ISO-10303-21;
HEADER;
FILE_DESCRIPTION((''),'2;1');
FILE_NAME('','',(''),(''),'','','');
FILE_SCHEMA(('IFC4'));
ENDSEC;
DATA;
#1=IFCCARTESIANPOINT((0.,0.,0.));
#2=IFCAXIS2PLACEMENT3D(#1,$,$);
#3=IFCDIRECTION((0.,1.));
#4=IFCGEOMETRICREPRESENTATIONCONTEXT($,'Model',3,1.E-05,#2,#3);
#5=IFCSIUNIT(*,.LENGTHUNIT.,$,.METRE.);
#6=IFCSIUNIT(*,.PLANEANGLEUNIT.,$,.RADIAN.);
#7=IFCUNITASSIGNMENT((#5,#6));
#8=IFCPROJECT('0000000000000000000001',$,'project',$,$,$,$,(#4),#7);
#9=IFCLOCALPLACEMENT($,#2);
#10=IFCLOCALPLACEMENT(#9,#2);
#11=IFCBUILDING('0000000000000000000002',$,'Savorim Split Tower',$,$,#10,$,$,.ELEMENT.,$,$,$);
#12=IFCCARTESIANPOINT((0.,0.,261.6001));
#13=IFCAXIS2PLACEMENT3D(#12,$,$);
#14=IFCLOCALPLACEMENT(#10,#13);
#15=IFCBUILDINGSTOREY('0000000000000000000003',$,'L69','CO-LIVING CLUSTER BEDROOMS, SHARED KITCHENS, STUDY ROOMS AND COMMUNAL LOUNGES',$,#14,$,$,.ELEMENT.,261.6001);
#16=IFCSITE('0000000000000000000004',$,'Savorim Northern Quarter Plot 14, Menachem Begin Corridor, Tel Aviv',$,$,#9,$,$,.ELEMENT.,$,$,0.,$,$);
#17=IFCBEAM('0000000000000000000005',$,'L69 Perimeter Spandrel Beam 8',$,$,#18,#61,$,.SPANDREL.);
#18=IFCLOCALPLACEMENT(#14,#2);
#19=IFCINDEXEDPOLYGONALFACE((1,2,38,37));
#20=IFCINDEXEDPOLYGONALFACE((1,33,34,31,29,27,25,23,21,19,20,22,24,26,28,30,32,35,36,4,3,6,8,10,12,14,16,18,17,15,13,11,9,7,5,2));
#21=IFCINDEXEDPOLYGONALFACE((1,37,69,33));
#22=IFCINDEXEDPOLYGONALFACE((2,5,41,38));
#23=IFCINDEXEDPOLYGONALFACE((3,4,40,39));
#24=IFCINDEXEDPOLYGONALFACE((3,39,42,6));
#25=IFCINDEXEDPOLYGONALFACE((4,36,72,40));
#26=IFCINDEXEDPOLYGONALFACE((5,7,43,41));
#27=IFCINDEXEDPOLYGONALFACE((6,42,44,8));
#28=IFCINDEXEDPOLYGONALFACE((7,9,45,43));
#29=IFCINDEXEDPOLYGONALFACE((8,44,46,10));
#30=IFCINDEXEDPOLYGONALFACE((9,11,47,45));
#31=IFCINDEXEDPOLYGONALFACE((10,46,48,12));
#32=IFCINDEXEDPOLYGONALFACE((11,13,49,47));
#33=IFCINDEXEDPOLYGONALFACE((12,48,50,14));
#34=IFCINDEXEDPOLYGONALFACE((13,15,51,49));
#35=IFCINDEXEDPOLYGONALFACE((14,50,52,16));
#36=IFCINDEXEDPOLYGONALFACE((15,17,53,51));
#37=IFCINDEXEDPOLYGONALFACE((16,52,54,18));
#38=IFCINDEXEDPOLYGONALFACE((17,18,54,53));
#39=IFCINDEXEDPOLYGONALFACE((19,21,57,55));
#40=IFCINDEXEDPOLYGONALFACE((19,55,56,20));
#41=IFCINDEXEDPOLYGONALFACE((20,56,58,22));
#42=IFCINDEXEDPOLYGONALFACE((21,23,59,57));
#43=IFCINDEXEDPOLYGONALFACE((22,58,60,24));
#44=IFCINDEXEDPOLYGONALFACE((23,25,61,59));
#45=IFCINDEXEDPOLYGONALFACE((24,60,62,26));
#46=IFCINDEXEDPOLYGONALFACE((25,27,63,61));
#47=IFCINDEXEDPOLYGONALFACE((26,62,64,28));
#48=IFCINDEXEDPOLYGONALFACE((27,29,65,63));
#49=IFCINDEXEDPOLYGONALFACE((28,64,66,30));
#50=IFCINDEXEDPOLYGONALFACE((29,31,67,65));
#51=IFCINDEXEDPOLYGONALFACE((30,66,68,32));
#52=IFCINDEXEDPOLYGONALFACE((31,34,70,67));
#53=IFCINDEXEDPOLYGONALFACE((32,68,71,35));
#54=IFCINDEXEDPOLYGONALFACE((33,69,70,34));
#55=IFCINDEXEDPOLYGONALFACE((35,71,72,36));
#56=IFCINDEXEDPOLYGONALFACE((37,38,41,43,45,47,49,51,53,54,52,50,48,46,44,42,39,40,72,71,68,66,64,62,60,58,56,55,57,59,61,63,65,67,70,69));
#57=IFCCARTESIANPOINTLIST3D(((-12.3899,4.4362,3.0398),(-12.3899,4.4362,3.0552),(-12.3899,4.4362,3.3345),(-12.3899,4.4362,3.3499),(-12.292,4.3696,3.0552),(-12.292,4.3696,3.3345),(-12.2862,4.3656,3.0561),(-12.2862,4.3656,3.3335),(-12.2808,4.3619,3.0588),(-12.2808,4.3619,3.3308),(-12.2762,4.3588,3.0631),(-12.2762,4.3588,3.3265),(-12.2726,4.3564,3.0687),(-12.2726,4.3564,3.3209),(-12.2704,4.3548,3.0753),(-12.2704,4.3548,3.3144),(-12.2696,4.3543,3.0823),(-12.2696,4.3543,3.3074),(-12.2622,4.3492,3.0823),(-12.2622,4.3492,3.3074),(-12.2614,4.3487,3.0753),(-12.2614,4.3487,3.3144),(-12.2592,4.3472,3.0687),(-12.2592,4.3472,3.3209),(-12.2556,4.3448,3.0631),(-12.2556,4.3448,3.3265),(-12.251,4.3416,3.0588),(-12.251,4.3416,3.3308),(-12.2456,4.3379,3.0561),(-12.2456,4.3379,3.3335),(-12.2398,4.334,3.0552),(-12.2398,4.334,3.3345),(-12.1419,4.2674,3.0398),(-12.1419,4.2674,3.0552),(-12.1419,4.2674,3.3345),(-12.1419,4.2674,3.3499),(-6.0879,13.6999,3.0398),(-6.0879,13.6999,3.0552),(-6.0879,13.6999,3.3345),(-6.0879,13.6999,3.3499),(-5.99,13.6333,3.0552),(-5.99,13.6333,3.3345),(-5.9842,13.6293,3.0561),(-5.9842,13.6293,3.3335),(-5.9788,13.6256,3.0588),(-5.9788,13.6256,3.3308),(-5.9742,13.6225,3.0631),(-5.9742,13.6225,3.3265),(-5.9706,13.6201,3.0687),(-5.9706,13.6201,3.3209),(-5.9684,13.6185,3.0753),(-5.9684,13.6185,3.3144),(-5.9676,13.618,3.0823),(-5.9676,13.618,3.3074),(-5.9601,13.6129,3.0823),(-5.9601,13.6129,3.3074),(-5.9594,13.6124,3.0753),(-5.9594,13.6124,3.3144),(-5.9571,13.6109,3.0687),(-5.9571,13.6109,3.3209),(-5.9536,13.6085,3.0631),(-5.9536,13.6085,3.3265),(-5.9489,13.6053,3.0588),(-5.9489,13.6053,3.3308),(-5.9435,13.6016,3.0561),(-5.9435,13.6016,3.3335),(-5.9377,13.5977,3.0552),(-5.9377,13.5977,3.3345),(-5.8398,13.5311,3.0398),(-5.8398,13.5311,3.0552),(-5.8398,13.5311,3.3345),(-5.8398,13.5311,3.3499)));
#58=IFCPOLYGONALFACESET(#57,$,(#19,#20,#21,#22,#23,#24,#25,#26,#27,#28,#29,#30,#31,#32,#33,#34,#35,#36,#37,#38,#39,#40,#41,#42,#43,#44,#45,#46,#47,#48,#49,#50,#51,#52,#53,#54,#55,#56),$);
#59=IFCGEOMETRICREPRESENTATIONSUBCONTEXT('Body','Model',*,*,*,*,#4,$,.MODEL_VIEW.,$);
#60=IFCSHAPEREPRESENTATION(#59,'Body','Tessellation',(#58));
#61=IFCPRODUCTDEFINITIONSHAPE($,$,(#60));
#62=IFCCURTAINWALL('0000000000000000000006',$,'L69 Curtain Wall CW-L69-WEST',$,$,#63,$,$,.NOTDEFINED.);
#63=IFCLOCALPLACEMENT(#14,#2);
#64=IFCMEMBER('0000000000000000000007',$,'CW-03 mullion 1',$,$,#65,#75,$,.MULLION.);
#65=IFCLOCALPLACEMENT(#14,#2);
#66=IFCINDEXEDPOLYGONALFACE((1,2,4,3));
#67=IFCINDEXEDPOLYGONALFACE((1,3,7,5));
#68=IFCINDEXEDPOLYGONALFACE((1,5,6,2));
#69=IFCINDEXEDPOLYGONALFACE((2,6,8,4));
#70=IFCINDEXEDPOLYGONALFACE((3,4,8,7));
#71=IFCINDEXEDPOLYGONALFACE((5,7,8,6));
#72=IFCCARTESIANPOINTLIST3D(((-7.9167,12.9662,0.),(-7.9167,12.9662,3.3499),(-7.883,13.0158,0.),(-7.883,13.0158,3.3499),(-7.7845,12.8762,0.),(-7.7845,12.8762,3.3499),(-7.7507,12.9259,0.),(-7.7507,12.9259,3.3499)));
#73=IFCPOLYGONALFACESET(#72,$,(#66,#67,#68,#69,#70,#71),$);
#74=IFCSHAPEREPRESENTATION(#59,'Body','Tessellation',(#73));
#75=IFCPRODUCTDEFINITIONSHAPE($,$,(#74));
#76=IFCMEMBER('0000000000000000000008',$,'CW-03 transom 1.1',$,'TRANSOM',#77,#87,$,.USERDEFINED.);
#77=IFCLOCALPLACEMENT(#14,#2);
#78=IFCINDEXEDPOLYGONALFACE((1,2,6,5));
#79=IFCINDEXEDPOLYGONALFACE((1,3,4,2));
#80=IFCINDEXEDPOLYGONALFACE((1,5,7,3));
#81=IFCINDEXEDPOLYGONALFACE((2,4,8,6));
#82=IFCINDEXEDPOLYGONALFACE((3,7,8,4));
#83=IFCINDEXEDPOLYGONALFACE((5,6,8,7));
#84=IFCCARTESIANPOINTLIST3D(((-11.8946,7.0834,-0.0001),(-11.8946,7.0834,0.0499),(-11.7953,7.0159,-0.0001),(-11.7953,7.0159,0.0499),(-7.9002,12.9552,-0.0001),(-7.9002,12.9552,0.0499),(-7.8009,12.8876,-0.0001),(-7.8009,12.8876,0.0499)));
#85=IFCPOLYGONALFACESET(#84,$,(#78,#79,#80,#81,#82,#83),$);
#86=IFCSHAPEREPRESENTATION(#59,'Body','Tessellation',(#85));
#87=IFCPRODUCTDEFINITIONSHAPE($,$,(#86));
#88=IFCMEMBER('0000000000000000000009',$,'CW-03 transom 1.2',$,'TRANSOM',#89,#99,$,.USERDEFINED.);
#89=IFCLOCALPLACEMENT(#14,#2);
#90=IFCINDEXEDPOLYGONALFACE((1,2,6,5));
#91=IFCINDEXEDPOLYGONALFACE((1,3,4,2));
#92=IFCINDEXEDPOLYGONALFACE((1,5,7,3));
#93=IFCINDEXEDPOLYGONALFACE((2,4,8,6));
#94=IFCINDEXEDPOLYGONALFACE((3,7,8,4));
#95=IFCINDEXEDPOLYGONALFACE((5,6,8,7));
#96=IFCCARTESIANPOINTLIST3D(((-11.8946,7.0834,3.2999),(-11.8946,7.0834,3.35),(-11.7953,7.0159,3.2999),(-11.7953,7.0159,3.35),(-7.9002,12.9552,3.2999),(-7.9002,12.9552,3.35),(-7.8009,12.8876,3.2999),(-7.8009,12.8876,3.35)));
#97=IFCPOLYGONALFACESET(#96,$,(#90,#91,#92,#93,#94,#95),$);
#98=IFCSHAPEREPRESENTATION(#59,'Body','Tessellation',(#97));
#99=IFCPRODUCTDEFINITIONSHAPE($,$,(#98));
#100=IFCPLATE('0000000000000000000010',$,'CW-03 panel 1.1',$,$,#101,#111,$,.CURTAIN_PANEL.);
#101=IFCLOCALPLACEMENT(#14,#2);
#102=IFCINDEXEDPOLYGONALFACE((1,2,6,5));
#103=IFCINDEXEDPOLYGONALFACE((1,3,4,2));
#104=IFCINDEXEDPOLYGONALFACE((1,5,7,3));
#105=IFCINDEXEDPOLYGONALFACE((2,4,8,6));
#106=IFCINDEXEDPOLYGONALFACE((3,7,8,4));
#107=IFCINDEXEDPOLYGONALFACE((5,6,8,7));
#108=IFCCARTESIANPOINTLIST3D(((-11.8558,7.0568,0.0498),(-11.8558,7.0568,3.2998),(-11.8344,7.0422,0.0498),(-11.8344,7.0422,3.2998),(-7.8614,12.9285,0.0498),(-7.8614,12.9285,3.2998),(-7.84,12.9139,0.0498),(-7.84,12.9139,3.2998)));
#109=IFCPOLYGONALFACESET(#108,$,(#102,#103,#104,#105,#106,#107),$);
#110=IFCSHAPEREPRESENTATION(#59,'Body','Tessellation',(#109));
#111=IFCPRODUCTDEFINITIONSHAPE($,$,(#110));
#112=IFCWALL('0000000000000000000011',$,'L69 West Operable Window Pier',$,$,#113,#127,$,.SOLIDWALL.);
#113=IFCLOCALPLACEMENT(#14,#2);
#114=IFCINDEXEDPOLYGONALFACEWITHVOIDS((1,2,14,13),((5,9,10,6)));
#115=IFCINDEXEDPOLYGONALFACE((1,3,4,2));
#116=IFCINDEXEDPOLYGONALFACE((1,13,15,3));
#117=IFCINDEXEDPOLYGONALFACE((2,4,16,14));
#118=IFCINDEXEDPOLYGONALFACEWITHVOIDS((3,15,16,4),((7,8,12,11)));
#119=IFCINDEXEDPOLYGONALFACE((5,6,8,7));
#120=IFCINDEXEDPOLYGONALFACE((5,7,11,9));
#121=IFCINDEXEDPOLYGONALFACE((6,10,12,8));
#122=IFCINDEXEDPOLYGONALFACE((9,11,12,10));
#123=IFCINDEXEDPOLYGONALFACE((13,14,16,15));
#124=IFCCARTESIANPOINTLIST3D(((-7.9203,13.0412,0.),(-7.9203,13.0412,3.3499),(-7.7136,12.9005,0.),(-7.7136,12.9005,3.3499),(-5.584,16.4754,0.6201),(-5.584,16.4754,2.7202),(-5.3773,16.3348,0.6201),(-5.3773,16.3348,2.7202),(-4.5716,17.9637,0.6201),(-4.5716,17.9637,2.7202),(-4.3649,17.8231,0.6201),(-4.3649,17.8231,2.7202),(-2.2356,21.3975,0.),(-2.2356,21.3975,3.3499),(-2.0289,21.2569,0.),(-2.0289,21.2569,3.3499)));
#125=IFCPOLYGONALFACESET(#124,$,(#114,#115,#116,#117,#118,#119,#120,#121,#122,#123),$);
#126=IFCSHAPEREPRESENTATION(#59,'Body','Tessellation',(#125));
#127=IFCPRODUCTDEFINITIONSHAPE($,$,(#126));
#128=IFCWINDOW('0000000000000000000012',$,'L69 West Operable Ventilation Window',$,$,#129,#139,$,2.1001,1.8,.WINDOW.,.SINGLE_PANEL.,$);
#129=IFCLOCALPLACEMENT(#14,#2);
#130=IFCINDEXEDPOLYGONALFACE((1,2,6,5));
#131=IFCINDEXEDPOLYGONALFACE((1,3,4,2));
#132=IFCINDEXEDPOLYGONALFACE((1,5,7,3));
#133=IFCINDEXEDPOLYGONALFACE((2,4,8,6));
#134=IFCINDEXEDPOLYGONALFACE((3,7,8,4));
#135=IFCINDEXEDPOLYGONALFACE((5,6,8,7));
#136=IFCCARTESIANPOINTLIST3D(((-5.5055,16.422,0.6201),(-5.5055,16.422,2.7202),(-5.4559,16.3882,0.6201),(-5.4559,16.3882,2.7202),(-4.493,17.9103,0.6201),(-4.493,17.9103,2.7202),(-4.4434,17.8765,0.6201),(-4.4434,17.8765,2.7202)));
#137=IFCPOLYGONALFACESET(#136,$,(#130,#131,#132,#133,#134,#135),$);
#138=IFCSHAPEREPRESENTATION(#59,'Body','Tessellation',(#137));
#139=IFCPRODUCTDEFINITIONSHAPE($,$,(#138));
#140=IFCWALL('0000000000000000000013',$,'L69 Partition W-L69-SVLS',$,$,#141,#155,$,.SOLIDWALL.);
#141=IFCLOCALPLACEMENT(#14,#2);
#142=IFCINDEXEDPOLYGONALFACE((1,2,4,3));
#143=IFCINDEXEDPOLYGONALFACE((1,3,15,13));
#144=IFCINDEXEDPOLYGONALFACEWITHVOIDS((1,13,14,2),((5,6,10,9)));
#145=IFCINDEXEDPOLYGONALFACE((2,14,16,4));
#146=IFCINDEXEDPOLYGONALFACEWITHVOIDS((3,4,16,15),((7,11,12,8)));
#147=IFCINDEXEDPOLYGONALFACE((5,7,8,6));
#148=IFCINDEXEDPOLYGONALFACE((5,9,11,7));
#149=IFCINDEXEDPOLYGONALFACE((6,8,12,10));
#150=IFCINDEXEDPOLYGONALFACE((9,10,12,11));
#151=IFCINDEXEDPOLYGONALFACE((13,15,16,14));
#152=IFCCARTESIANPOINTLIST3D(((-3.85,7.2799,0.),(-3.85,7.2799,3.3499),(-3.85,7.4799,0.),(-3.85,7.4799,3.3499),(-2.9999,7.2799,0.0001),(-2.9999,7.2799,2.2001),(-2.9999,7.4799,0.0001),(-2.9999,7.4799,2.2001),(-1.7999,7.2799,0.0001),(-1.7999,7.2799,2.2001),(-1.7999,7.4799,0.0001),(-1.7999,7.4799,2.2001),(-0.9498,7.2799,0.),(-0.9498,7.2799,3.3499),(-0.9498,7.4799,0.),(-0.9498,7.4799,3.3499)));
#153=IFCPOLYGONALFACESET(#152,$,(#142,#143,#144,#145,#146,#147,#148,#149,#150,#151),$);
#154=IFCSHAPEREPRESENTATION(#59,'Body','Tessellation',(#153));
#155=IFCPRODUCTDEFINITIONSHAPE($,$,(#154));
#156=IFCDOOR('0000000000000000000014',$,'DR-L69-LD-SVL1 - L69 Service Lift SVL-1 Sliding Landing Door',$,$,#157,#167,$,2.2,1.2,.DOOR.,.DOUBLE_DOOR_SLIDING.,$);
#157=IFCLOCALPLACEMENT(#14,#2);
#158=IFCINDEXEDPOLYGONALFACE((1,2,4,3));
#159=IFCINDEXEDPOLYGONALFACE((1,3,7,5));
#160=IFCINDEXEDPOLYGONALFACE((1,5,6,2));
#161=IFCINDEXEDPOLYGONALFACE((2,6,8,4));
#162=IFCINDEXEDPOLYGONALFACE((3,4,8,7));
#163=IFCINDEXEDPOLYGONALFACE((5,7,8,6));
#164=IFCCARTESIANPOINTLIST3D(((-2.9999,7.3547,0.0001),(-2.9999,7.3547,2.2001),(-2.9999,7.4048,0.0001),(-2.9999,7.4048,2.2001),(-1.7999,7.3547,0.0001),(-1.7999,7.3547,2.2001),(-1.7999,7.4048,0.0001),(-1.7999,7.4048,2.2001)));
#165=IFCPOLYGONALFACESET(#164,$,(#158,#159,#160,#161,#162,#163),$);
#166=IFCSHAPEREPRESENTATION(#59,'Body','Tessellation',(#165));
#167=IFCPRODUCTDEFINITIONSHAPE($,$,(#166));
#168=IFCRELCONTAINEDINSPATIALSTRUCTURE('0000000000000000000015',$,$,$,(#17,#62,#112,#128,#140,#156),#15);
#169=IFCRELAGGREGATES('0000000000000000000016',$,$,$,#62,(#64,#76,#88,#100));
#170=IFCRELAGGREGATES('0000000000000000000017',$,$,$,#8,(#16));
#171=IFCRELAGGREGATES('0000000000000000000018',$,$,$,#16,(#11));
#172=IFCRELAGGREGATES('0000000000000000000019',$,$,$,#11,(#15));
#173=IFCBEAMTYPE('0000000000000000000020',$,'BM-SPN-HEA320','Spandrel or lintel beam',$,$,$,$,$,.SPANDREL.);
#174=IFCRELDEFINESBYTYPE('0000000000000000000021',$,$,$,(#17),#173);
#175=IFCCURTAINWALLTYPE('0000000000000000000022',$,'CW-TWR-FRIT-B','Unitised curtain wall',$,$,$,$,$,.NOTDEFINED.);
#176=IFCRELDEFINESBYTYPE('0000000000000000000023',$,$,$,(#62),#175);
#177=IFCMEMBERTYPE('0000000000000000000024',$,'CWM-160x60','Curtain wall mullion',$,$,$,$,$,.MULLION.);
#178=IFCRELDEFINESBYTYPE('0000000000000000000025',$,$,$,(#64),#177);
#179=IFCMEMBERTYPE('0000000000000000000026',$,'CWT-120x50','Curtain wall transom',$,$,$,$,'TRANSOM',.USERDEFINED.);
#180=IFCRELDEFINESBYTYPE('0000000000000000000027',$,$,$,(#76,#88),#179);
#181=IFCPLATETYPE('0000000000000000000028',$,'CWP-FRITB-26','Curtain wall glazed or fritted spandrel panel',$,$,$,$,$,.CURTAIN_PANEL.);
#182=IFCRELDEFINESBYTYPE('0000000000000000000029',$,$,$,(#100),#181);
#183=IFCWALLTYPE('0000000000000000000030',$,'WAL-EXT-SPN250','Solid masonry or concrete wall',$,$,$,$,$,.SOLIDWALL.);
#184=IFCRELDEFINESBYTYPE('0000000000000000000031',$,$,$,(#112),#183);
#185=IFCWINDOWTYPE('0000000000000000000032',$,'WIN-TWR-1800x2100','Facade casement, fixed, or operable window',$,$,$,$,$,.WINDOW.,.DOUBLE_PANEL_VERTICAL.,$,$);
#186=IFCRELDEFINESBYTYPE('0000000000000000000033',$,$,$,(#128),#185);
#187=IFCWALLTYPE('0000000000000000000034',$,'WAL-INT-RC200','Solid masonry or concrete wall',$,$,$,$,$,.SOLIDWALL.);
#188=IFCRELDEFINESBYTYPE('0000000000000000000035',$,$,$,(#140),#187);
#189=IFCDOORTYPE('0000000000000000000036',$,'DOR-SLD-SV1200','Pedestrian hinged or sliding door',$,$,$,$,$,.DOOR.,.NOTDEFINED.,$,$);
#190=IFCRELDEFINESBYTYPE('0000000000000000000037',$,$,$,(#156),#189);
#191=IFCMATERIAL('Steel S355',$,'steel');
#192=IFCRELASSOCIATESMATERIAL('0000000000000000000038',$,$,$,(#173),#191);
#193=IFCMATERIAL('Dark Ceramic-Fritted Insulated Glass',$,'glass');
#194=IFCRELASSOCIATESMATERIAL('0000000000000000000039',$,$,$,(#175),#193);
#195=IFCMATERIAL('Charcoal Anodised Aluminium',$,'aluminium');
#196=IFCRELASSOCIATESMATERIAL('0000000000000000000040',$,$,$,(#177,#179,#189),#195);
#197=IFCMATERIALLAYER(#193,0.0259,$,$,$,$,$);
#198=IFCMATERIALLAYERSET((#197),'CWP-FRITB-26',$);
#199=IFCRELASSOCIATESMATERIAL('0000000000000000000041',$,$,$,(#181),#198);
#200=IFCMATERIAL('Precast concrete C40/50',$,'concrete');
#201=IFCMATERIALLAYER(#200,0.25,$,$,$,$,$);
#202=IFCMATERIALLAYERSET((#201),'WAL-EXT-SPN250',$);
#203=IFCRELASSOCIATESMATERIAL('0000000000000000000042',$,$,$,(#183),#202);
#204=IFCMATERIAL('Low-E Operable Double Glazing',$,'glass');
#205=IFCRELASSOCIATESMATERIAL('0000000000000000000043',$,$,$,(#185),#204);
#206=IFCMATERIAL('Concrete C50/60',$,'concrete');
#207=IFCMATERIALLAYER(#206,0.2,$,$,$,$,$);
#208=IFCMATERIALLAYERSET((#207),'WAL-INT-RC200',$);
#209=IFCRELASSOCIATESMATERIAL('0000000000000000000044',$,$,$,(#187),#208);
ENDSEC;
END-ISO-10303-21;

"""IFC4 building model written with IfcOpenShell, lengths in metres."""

from ifc_helpers import new_model, si_unit, direction, frame, frame_2d, origin, origin_2d, place, context, subcontext, project, spatial, rectangle, i_section, extrude, material, layer, layer_set, material_profile, profile_set, type_object, element, fill, aggregate, save


model = new_model("IFC4")

# Units and contexts
model_context = context("Model", 3, precision=1e-05, world=origin(), true_north=direction((0.0, 1.0)))
body_context = subcontext(model_context, "Body", "Model", "MODEL_VIEW")
ifc_project = project(units=[si_unit("LENGTHUNIT", "METRE"), si_unit("PLANEANGLEUNIT", "RADIAN")], contexts=[model_context])

# Site, building, storey
site_placement = place(None, origin())
site = spatial("IfcSite", under=ifc_project, at=site_placement, Name="Savorim Northern Quarter Plot 14, Menachem Begin Corridor, Tel Aviv", CompositionType="ELEMENT", RefElevation=0.0)
building_placement = place(site_placement, origin())
building = spatial("IfcBuilding", under=site, at=building_placement, Name="Savorim Split Tower", CompositionType="ELEMENT")
storey_placement = place(building_placement, frame((0.0, 0.0, 261.6001)))
storey = spatial("IfcBuildingStorey", under=building, at=storey_placement, Name="L69", Description="CO-LIVING CLUSTER BEDROOMS, SHARED KITCHENS, STUDY ROOMS AND COMMUNAL LOUNGES", CompositionType="ELEMENT", Elevation=261.6001)

# Shared definitions
ifc_material_1 = material(Name="Steel S355", Category="steel")

# Beam
ifc_material_profile_1 = material_profile(ifc_material_1, i_section(OverallWidth=0.3, OverallDepth=0.3101, WebThickness=0.009, FlangeThickness=0.0154, FilletRadius=0.0271, at=origin_2d()), Name="HEA 320")
ifc_profile_set_1 = profile_set([ifc_material_profile_1], Name="Steel S355")
beam_type_1 = type_object("IfcBeamType", Name="BM-SPN-HEA320", Description="Spandrel or lintel beam", PredefinedType="SPANDREL", material=ifc_profile_set_1)
beam_1_placement = place(storey_placement, frame((-5.9639, 13.6155, 3.1948), z_axis=(-0.562475, -0.826814, 0.0), x_axis=(0.826814, -0.562475, 0.0)))
element("IfcBeam", 1, at=beam_1_placement, inside=storey, type_object=beam_type_1, Name="L69 Perimeter Spandrel Beam 8", PredefinedType="SPANDREL", context=body_context, shape_type="SweptSolid", body=[
    extrude(i_section(OverallWidth=0.3, OverallDepth=0.3101, WebThickness=0.009, FlangeThickness=0.0154, FilletRadius=0.0271, at=origin_2d()), origin(), (0.0, 0.0, 1.0), 11.2041),
])

# Curtain wall, members, plate
ifc_material_2 = material(Name="Dark Ceramic-Fritted Insulated Glass", Category="glass")
curtain_wall_type = type_object("IfcCurtainWallType", Name="CW-TWR-FRIT-B", Description="Unitised curtain wall", PredefinedType="NOTDEFINED", material=ifc_material_2)
curtain_wall_placement = place(storey_placement, origin())
curtain_wall = element("IfcCurtainWall", 2, at=curtain_wall_placement, inside=storey, type_object=curtain_wall_type, Name="L69 Curtain Wall CW-L69-WEST", PredefinedType="NOTDEFINED")
ifc_material_3 = material(Name="Charcoal Anodised Aluminium", Category="aluminium")
ifc_material_profile_2 = material_profile(ifc_material_3, rectangle(XDim=0.1599, YDim=0.0601, at=origin_2d()), Name="ALU-M 160x60")
ifc_profile_set_2 = profile_set([ifc_material_profile_2], Name="Charcoal Anodised Aluminium")
member_type_1 = type_object("IfcMemberType", Name="CWM-160x60", Description="Curtain wall mullion", PredefinedType="MULLION", material=ifc_profile_set_2)
member_1_placement = place(storey_placement, frame((-7.8337, 12.946, 0.0), z_axis=(0.0, 0.0, 1.0), x_axis=(0.826817, -0.56247, 0.0)))
member_1 = element("IfcMember", 3, at=member_1_placement, type_object=member_type_1, Name="CW-03 mullion 1", PredefinedType="MULLION", context=body_context, shape_type="SweptSolid", body=[
    extrude(rectangle(XDim=0.1599, YDim=0.0601, at=origin_2d()), origin(), (0.0, 0.0, 1.0), 3.3499),
])
ifc_material_profile_3 = material_profile(ifc_material_3, rectangle(XDim=0.1201, YDim=0.05, at=origin_2d()), Name="ALU-T 120x50")
ifc_profile_set_3 = profile_set([ifc_material_profile_3], Name="Charcoal Anodised Aluminium")
member_type_2 = type_object("IfcMemberType", Name="CWT-120x50", Description="Curtain wall transom", ElementType="TRANSOM", PredefinedType="USERDEFINED", material=ifc_profile_set_3)
member_2_placement = place(storey_placement, frame((-7.8506, 12.9214, 0.0249), z_axis=(-0.562459, -0.826825, 0.0), x_axis=(0.826825, -0.562459, 0.0)))
member_2 = element("IfcMember", 4, at=member_2_placement, type_object=member_type_2, Name="CW-03 transom 1.1", ObjectType="TRANSOM", PredefinedType="USERDEFINED", context=body_context, shape_type="SweptSolid", body=[
    extrude(rectangle(XDim=0.1201, YDim=0.05, at=origin_2d()), origin(), (0.0, 0.0, 1.0), 7.1016),
])
member_3_placement = place(storey_placement, frame((-7.8506, 12.9214, 3.325), z_axis=(-0.562459, -0.826825, 0.0), x_axis=(0.826825, -0.562459, 0.0)))
member_3 = element("IfcMember", 5, at=member_3_placement, type_object=member_type_2, Name="CW-03 transom 1.2", ObjectType="TRANSOM", PredefinedType="USERDEFINED", context=body_context, shape_type="SweptSolid", body=[
    extrude(rectangle(XDim=0.1201, YDim=0.05, at=origin_2d()), origin(), (0.0, 0.0, 1.0), 7.1016),
])
ifc_layer_1 = layer(ifc_material_2, 0.0259)
ifc_layer_set_1 = layer_set([ifc_layer_1], Name="CWP-FRITB-26")
plate_type = type_object("IfcPlateType", Name="CWP-FRITB-26", Description="Curtain wall glazed or fritted spandrel panel", PredefinedType="CURTAIN_PANEL", material=ifc_layer_set_1)
plate_placement = place(storey_placement, frame((-9.8479, 9.9854, 0.0498), z_axis=(0.0, 0.0, 1.0), x_axis=(-0.56247, -0.826817, 0.0)))
plate = element("IfcPlate", 6, at=plate_placement, type_object=plate_type, Name="CW-03 panel 1.1", PredefinedType="CURTAIN_PANEL", context=body_context, shape_type="SweptSolid", body=[
    extrude(rectangle(XDim=7.1016, YDim=0.0259, at=origin_2d()), origin(), (0.0, 0.0, 1.0), 3.25),
])
aggregate(curtain_wall, [member_1, member_2, member_3, plate])

# Shared definitions
ifc_material_4 = material(Name="Precast concrete C40/50", Category="concrete")

# Wall, opening, window
ifc_layer_2 = layer(ifc_material_4, 0.25)
ifc_layer_set_2 = layer_set([ifc_layer_2], Name="WAL-EXT-SPN250")
wall_type_1 = type_object("IfcWallType", Name="WAL-EXT-SPN250", Description="Solid masonry or concrete wall", PredefinedType="SOLIDWALL", material=ifc_layer_set_2)
wall_1_placement = place(storey_placement, frame((-7.8169, 12.9709, 0.0), z_axis=(0.0, 0.0, 1.0), x_axis=(0.562475, 0.826815, 0.0)))
wall_1 = element("IfcWall", 7, at=wall_1_placement, inside=storey, type_object=wall_type_1, Name="L69 West Operable Window Pier", PredefinedType="SOLIDWALL", context=body_context, shape_type="SweptSolid", body=[
    extrude(rectangle(XDim=10.1067, YDim=0.25, at=frame_2d((5.0532, 0.0))), origin(), (0.0, 0.0, 1.0), 3.3499),
])
opening_1_placement = place(wall_1_placement, frame((4.1536, 0.0, 0.6201)))
opening_1 = element("IfcOpeningElement", 8, at=opening_1_placement, cuts=wall_1, PredefinedType="OPENING", context=body_context, shape_type="SweptSolid", body=[
    extrude(rectangle(XDim=1.8, YDim=2.1001, at=frame_2d((0.8999, 1.05))), frame((0.0, 0.135, 0.0), z_axis=(0.0, -1.0, 0.0), x_axis=(1.0, 0.0, 0.0)), (0.0, 0.0, 1.0), 0.27),
])
ifc_material_5 = material(Name="Low-E Operable Double Glazing", Category="glass")
window_type = type_object("IfcWindowType", Name="WIN-TWR-1800x2100", Description="Facade casement, fixed, or operable window", PartitioningType="DOUBLE_PANEL_VERTICAL", PredefinedType="WINDOW", material=ifc_material_5)
window_placement = place(opening_1_placement, origin())
window = element("IfcWindow", 9, at=window_placement, inside=storey, type_object=window_type, Name="L69 West Operable Ventilation Window", OverallHeight=2.1001, OverallWidth=1.8, PartitioningType="SINGLE_PANEL", PredefinedType="WINDOW", context=body_context, shape_type="SweptSolid", body=[
    extrude(rectangle(XDim=1.8, YDim=2.1001, at=frame_2d((0.8999, 1.05))), frame((0.0, 0.03, 0.0), z_axis=(0.0, -1.0, 0.0), x_axis=(1.0, 0.0, 0.0)), (0.0, 0.0, 1.0), 0.0601),
])
fill(opening_1, window)

# Wall, opening, door
ifc_material_6 = material(Name="Concrete C50/60", Category="concrete")
ifc_layer_3 = layer(ifc_material_6, 0.2)
ifc_layer_set_3 = layer_set([ifc_layer_3], Name="WAL-INT-RC200")
wall_type_2 = type_object("IfcWallType", Name="WAL-INT-RC200", Description="Solid masonry or concrete wall", PredefinedType="SOLIDWALL", material=ifc_layer_set_3)
wall_2_placement = place(storey_placement, frame((-3.8501, 7.3799, 0.0), z_axis=(0.0, 0.0, 1.0), x_axis=(1.0, 0.0, 0.0)))
wall_2 = element("IfcWall", 10, at=wall_2_placement, inside=storey, type_object=wall_type_2, Name="L69 Partition W-L69-SVLS", PredefinedType="SOLIDWALL", context=body_context, shape_type="SweptSolid", body=[
    extrude(rectangle(XDim=2.9001, YDim=0.2, at=frame_2d((1.4502, 0.0))), origin(), (0.0, 0.0, 1.0), 3.3499),
])
opening_2_placement = place(wall_2_placement, frame((0.8501, 0.0, 0.0)))
opening_2 = element("IfcOpeningElement", 11, at=opening_2_placement, cuts=wall_2, PredefinedType="OPENING", context=body_context, shape_type="SweptSolid", body=[
    extrude(rectangle(XDim=1.2, YDim=2.2, at=frame_2d((0.6001, 1.1001))), frame((0.0, 0.1099, 0.0), z_axis=(0.0, -1.0, 0.0), x_axis=(1.0, 0.0, 0.0)), (0.0, 0.0, 1.0), 0.22),
])
door_type_1 = type_object("IfcDoorType", Name="DOR-SLD-SV1200", Description="Pedestrian hinged or sliding door", OperationType="NOTDEFINED", PredefinedType="DOOR", material=ifc_material_3)
door_1_placement = place(opening_2_placement, origin())
door_1 = element("IfcDoor", 12, at=door_1_placement, inside=storey, type_object=door_type_1, Name="DR-L69-LD-SVL1 - L69 Service Lift SVL-1 Sliding Landing Door", OperationType="DOUBLE_DOOR_SLIDING", OverallHeight=2.2, OverallWidth=1.2, PredefinedType="DOOR", context=body_context, shape_type="SweptSolid", body=[
    extrude(rectangle(XDim=1.2, YDim=2.2, at=frame_2d((0.6001, 1.1001))), frame((0.0, 0.0249, 0.0), z_axis=(0.0, -1.0, 0.0), x_axis=(1.0, 0.0, 0.0)), (0.0, 0.0, 1.0), 0.05),
])
fill(opening_2, door_1)

save(model, "model.ifc")
